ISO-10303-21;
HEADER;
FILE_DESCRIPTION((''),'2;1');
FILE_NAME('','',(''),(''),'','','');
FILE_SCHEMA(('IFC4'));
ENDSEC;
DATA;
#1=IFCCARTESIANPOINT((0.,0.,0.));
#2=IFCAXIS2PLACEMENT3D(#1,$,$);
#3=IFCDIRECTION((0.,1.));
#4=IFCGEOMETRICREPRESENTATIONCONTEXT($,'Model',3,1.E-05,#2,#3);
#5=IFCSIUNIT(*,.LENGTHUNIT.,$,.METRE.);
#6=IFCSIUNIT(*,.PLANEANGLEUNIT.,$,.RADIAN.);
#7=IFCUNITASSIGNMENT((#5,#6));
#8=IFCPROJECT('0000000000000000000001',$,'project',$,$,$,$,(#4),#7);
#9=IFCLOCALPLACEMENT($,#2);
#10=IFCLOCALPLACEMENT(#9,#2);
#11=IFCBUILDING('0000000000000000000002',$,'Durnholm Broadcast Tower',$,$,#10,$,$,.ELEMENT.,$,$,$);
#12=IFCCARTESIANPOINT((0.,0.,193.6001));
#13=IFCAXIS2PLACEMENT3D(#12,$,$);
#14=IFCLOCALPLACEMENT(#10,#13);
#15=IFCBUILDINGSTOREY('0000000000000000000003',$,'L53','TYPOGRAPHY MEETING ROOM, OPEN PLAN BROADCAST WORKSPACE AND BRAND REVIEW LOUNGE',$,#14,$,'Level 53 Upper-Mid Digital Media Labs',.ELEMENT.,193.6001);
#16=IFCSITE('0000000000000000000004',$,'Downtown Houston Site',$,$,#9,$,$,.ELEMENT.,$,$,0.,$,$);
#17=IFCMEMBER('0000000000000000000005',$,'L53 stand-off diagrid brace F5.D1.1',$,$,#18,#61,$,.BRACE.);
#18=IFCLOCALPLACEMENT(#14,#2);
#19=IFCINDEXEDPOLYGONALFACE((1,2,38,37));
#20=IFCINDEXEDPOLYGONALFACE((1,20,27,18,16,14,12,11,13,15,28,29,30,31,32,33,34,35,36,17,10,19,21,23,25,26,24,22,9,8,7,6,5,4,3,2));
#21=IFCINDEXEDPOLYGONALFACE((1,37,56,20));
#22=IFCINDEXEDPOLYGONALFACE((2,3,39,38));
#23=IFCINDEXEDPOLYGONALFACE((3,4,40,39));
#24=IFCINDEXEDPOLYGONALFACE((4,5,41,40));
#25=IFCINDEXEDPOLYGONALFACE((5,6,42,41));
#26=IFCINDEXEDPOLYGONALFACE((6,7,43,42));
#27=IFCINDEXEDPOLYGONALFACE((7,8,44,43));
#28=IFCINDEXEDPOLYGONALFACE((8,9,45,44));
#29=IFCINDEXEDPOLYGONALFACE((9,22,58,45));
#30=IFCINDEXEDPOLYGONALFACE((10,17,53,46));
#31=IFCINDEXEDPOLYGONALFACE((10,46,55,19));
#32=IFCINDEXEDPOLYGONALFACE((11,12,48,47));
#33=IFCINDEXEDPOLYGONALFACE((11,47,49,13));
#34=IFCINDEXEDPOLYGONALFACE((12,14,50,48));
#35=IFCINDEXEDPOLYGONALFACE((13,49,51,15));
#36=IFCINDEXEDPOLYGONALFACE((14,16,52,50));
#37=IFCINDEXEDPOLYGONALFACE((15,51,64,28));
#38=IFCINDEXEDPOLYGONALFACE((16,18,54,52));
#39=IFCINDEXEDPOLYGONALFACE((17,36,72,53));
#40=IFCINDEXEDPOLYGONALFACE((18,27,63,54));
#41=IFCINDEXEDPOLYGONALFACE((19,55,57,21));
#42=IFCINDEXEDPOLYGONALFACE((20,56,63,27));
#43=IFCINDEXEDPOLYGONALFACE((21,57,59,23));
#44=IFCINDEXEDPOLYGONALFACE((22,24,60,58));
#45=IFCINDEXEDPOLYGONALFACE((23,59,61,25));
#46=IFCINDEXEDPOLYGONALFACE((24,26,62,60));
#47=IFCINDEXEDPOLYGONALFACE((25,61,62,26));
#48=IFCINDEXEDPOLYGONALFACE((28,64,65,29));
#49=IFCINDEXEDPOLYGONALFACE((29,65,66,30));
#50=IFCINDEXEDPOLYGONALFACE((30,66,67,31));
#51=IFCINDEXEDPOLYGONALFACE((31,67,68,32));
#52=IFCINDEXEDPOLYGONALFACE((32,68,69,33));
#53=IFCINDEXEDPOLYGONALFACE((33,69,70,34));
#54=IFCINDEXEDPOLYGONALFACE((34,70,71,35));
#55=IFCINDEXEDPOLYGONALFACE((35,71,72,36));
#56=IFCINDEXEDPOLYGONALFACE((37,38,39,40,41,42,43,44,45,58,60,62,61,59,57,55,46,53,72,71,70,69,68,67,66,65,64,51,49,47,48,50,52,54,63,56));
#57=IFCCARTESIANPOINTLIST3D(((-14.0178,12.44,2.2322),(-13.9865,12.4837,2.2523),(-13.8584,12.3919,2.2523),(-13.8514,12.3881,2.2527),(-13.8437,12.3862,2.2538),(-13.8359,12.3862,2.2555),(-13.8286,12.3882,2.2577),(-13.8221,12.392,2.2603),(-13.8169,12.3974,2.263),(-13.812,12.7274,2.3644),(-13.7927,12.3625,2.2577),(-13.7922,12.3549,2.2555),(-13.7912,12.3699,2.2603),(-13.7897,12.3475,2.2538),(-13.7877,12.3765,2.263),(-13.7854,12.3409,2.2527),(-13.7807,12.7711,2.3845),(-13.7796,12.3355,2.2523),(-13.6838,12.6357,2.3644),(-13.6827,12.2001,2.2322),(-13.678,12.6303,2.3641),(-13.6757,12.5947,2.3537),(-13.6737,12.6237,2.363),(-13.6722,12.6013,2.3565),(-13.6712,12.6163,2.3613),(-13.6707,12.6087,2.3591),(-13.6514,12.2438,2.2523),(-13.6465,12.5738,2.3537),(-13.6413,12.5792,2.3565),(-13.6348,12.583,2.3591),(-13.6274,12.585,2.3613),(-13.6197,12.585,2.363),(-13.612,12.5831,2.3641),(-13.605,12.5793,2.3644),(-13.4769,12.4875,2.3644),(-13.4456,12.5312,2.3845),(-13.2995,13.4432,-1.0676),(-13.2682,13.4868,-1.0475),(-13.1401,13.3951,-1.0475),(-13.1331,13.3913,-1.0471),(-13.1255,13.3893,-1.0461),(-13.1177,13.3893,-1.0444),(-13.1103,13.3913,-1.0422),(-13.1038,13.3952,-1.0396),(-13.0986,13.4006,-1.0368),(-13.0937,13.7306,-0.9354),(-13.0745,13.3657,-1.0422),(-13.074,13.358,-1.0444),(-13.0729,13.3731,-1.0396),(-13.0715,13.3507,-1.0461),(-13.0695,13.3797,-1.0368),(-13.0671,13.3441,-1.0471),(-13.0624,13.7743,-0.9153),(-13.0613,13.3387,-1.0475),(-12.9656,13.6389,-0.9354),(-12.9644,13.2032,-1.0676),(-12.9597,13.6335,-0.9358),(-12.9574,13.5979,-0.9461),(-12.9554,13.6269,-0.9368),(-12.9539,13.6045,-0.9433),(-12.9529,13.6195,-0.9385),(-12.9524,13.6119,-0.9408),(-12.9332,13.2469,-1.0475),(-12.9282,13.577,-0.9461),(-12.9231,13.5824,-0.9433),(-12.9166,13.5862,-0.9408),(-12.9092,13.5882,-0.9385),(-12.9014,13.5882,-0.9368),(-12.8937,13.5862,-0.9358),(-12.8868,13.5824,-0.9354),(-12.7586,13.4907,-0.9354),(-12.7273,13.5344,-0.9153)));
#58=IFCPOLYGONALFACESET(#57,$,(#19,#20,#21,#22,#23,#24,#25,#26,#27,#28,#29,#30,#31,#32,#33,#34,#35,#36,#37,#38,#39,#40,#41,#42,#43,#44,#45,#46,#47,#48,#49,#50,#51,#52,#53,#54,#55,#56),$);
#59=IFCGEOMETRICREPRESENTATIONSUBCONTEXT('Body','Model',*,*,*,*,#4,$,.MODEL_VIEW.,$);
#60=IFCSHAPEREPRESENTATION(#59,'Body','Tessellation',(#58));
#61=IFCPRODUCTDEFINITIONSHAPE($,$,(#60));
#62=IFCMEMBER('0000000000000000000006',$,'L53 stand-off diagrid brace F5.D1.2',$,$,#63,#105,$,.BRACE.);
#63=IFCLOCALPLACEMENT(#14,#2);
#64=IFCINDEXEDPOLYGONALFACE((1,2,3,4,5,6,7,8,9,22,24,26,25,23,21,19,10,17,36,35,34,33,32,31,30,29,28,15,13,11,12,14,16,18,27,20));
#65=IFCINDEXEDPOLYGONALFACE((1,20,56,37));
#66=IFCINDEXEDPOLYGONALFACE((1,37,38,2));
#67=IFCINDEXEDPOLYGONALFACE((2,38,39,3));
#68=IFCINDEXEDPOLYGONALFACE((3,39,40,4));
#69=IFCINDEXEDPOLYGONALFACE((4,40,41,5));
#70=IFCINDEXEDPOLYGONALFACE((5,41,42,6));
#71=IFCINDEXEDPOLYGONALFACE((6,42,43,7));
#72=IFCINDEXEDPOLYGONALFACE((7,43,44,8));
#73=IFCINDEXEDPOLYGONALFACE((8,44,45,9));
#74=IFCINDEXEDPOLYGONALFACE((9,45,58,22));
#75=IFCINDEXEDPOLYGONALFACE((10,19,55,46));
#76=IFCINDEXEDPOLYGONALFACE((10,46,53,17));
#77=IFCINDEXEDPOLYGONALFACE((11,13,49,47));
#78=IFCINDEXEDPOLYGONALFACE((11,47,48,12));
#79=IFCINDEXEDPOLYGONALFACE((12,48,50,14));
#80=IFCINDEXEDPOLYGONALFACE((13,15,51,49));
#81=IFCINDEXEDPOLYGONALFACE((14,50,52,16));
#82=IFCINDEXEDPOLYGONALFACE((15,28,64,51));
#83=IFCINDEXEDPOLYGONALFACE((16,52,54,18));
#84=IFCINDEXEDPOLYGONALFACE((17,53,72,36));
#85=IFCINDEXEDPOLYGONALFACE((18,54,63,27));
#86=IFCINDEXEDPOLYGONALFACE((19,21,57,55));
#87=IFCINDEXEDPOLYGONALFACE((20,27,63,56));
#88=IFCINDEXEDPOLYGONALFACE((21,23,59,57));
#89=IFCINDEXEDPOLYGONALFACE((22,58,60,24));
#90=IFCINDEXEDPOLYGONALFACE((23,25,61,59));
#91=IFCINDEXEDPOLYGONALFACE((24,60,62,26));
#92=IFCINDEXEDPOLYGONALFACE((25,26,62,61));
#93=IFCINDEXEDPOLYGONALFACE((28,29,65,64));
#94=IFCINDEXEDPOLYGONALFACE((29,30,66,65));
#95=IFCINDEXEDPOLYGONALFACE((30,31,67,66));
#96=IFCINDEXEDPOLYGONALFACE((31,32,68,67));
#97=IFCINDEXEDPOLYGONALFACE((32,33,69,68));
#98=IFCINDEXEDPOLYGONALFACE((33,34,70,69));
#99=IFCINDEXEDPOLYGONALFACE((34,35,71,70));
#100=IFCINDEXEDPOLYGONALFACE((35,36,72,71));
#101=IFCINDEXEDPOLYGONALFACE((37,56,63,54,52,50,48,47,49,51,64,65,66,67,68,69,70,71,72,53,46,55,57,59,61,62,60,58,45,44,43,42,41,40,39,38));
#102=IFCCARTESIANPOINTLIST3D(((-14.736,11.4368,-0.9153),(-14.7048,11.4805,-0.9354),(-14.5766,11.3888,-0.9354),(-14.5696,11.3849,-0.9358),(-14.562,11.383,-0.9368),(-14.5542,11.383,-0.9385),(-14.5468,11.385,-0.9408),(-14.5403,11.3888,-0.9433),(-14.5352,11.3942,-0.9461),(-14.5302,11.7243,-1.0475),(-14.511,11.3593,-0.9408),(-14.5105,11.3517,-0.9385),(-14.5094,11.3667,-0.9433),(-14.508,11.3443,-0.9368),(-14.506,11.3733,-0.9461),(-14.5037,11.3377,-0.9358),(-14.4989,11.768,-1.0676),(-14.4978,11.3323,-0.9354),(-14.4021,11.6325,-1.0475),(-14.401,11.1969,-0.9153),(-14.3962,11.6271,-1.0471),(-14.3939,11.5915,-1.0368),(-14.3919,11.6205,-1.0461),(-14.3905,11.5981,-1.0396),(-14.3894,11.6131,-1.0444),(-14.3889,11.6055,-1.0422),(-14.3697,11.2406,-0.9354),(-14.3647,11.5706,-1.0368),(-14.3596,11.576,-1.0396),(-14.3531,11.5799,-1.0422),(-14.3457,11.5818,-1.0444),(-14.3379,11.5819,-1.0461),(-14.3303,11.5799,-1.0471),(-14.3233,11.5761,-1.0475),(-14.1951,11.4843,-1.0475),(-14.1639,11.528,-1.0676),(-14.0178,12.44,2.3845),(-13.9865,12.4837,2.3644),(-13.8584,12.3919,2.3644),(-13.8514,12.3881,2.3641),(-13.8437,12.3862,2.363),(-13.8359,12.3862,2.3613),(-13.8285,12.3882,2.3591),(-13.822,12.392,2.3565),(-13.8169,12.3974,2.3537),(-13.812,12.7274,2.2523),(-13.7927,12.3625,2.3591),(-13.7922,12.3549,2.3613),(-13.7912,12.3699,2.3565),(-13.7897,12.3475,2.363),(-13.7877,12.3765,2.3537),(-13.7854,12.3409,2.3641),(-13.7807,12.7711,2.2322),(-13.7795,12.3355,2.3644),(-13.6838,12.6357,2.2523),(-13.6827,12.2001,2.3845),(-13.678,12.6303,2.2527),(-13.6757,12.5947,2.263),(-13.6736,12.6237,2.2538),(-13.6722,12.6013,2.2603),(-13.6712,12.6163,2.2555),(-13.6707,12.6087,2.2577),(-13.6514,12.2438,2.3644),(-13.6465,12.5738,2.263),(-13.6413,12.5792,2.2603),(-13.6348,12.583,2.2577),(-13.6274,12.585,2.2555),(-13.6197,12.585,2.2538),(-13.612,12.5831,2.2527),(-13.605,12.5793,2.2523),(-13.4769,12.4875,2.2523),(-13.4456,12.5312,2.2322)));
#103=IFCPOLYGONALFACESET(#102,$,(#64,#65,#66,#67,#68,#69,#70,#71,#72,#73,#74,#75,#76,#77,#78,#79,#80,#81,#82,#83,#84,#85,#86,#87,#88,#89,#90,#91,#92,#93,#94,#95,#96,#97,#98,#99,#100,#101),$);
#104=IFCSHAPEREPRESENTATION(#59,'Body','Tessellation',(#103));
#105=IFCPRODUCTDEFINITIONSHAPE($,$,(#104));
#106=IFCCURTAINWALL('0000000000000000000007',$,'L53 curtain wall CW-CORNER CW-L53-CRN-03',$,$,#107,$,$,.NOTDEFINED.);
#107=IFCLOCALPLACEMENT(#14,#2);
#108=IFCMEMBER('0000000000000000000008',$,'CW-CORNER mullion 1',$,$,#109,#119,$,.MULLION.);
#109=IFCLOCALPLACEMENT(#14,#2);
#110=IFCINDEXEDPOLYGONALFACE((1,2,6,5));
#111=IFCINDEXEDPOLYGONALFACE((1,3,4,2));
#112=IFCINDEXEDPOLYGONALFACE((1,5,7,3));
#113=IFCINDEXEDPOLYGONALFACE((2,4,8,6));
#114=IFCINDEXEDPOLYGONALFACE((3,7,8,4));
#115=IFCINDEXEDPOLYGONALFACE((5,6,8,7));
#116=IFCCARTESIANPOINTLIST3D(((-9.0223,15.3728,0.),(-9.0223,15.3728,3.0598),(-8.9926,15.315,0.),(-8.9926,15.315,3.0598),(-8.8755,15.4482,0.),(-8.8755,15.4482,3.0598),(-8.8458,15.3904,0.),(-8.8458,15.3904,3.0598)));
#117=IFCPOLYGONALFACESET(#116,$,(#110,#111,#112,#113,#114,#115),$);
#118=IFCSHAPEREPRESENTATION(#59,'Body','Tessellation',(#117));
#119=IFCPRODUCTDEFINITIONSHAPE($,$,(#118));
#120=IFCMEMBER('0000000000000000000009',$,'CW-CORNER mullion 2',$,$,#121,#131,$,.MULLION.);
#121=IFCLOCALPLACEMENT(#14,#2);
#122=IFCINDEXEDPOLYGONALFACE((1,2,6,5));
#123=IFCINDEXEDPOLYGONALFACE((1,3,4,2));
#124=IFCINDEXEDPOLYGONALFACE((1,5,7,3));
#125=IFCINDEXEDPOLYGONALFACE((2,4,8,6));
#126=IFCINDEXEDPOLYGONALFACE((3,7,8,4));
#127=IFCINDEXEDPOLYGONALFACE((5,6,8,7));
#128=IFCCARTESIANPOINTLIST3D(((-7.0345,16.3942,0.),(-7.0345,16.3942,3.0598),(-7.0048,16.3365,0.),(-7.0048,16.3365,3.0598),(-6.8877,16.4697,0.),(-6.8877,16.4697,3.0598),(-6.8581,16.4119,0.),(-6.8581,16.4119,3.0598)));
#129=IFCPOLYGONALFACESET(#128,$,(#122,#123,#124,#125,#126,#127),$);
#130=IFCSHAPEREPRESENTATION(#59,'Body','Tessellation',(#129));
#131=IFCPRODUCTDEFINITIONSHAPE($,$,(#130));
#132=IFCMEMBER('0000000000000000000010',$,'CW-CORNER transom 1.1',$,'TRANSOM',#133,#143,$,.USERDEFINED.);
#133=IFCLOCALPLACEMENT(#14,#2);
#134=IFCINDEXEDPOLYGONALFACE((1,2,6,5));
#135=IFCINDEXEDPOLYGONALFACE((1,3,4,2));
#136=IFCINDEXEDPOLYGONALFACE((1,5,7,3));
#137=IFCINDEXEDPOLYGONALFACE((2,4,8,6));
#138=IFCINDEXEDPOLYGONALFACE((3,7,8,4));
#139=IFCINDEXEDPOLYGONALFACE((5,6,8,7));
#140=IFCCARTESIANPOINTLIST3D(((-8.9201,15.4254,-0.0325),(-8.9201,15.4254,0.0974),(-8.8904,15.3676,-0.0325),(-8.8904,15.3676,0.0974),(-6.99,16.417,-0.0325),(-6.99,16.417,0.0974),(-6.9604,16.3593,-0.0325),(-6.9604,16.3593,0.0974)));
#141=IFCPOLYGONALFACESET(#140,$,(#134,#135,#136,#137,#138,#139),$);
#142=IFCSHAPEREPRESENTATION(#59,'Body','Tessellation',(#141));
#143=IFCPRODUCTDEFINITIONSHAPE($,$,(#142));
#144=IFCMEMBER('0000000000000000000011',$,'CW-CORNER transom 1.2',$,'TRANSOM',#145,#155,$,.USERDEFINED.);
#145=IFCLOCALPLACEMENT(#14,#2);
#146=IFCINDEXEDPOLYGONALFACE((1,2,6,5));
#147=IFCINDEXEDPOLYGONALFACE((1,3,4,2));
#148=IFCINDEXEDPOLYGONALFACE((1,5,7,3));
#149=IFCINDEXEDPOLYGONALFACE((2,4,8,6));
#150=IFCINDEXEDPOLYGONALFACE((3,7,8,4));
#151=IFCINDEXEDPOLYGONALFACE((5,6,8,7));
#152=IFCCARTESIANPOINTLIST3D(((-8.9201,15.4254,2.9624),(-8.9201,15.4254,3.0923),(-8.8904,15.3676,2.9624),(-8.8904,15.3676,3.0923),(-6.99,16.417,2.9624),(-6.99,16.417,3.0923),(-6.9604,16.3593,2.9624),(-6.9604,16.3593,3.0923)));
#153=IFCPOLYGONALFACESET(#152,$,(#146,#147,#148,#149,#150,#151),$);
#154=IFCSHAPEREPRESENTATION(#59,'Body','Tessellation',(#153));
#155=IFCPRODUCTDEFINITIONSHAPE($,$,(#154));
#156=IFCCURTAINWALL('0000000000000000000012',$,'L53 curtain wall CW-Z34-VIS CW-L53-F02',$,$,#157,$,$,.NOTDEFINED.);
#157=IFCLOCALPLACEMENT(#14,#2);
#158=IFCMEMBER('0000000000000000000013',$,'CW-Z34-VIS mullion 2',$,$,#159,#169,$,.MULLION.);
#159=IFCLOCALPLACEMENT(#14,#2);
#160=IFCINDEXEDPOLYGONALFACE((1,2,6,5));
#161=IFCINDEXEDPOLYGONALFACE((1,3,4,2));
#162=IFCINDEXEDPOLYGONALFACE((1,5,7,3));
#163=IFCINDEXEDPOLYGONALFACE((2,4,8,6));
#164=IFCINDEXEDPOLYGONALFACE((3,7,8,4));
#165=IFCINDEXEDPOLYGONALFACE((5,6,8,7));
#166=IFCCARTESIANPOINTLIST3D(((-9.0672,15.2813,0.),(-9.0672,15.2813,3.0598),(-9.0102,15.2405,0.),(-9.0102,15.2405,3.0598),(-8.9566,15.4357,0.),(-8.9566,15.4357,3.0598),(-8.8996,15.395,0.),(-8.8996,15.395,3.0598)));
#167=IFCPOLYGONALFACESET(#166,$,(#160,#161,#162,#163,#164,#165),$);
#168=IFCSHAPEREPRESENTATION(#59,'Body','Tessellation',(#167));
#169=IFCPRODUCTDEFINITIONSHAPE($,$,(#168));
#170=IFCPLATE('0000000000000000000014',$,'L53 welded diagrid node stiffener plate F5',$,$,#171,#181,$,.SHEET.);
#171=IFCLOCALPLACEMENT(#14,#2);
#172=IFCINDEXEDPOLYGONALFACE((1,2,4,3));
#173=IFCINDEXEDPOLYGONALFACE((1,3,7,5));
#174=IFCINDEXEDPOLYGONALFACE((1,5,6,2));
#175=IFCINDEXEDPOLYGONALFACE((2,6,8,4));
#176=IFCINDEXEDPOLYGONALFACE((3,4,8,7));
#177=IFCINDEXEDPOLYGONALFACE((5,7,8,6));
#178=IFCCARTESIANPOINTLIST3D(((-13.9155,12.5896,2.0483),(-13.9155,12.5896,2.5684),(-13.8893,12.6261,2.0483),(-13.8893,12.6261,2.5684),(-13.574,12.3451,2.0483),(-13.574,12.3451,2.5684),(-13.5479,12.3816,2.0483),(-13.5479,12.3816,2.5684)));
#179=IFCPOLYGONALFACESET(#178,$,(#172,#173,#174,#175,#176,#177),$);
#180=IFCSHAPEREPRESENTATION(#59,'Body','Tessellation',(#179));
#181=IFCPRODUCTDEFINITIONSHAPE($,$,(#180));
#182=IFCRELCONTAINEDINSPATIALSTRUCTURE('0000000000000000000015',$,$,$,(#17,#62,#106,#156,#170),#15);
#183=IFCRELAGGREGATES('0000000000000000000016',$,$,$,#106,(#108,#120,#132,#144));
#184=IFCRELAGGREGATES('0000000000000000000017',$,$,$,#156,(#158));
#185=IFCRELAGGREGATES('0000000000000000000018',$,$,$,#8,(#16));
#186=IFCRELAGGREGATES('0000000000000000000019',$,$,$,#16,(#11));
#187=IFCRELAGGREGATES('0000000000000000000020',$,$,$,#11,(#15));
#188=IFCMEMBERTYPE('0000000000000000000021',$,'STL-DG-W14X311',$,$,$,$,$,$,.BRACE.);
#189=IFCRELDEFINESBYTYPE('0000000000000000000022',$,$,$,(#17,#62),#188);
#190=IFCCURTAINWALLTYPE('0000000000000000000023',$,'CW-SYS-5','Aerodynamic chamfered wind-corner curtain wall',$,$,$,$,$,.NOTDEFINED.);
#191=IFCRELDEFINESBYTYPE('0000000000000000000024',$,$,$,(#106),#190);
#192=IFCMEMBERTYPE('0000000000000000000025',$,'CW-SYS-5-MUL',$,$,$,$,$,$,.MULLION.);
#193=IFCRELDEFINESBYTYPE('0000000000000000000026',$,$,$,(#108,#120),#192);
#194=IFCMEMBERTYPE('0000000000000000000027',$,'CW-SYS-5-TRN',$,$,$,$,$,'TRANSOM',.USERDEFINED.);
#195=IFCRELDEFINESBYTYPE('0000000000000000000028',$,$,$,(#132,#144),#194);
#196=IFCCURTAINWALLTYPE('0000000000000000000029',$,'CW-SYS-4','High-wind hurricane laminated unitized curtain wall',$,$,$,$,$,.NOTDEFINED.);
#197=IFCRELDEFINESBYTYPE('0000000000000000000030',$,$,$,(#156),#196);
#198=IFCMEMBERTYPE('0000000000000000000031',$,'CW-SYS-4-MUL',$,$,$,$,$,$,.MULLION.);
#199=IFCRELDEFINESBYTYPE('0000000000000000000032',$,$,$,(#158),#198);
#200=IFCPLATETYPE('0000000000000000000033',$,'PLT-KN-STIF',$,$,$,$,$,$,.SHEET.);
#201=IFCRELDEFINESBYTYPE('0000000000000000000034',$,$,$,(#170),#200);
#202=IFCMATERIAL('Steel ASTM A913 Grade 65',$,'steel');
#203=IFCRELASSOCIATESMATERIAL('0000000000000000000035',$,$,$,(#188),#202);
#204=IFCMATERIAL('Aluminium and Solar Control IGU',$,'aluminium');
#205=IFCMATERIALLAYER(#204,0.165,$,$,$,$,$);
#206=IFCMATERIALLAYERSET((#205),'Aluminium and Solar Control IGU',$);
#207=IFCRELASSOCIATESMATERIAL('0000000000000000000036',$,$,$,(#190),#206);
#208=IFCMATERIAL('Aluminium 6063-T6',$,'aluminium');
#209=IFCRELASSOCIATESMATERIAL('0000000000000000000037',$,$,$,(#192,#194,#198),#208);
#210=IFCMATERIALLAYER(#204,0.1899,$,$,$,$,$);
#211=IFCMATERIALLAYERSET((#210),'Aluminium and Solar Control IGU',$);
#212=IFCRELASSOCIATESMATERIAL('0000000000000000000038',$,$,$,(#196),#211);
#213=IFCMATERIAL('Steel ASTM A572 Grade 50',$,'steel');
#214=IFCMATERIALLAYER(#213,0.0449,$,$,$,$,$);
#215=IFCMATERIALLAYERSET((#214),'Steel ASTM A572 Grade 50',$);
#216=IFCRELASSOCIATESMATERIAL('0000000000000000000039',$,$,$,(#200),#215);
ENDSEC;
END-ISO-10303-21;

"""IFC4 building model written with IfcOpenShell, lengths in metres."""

from ifc_helpers import new_model, si_unit, direction, frame, origin, origin_2d, place, context, subcontext, project, spatial, rectangle, i_section, extrude, source, transform, mapped, material, layer, layer_set, material_profile, profile_set, type_object, type_shapes, element, aggregate, save


model = new_model("IFC4")

# Units and contexts
model_context = context("Model", 3, precision=1e-05, world=origin(), true_north=direction((0.0, 1.0)))
body_context = subcontext(model_context, "Body", "Model", "MODEL_VIEW")
ifc_project = project(units=[si_unit("LENGTHUNIT", "METRE"), si_unit("PLANEANGLEUNIT", "RADIAN")], contexts=[model_context])

# Site, building, storey
site_placement = place(None, origin())
site = spatial("IfcSite", under=ifc_project, at=site_placement, Name="Downtown Houston Site", CompositionType="ELEMENT", RefElevation=0.0)
building_placement = place(site_placement, origin())
building = spatial("IfcBuilding", under=site, at=building_placement, Name="Durnholm Broadcast Tower", CompositionType="ELEMENT")
storey_placement = place(building_placement, frame((0.0, 0.0, 193.6001)))
storey = spatial("IfcBuildingStorey", under=building, at=storey_placement, Name="L53", Description="TYPOGRAPHY MEETING ROOM, OPEN PLAN BROADCAST WORKSPACE AND BRAND REVIEW LOUNGE", LongName="Level 53 Upper-Mid Digital Media Labs", CompositionType="ELEMENT", Elevation=193.6001)

# Members
ifc_material_1 = material(Name="Steel ASTM A913 Grade 65", Category="steel")
ifc_material_profile_1 = material_profile(ifc_material_1, i_section(OverallWidth=0.4121, OverallDepth=0.4348, WebThickness=0.0359, FlangeThickness=0.0574, FilletRadius=0.0305, at=origin_2d()), Name="W14X311")
ifc_profile_set_1 = profile_set([ifc_material_profile_1], Name="Steel ASTM A913 Grade 65")
member_type_1 = type_object("IfcMemberType", Name="STL-DG-W14X311", PredefinedType="BRACE", material=ifc_profile_set_1)
shared_shape_1 = source(origin(), body_context, "Body", "SweptSolid", [
    extrude(i_section(OverallWidth=0.4121, OverallDepth=0.4348, WebThickness=0.0359, FlangeThickness=0.0574, FilletRadius=0.0305, at=origin_2d()), origin(), (0.0, 0.0, 1.0), 3.5229),
])
type_shapes(member_type_1, [shared_shape_1])
for number, where, z_axis, x_axis, name in (
    (1, (-13.0134, 13.4888, -0.9915), (-0.203882, -0.284756, 0.936667), (0.813078, -0.582155, 0.0), "L53 stand-off diagrid brace F5.D1.1"),
    (2, (-14.45, 11.4824, -0.9915), (0.203882, 0.284756, 0.936667), (-0.813078, 0.582155, 0.0), "L53 stand-off diagrid brace F5.D1.2"),
):
    element("IfcMember", number, at=place(storey_placement, frame(where, z_axis=z_axis, x_axis=x_axis)), inside=storey, type_object=member_type_1, Name=name, PredefinedType="BRACE", context=body_context, shape_type="MappedRepresentation", body=[
        mapped(shared_shape_1, transform((0.0, 0.0, 0.0), x_axis=(1.0, 0.0, 0.0), y_axis=(0.0, 1.0, 0.0), z_axis=(0.0, 0.0, 1.0), scale=1.0)),
    ])

# Curtain wall, members
ifc_material_2 = material(Name="Aluminium and Solar Control IGU", Category="aluminium")
ifc_layer_1 = layer(ifc_material_2, 0.165)
ifc_layer_set_1 = layer_set([ifc_layer_1], Name="Aluminium and Solar Control IGU")
curtain_wall_type_1 = type_object("IfcCurtainWallType", Name="CW-SYS-5", Description="Aerodynamic chamfered wind-corner curtain wall", PredefinedType="NOTDEFINED", material=ifc_layer_set_1)
curtain_wall_1_placement = place(storey_placement, origin())
curtain_wall_1 = element("IfcCurtainWall", 3, at=curtain_wall_1_placement, inside=storey, type_object=curtain_wall_type_1, Name="L53 curtain wall CW-CORNER CW-L53-CRN-03", PredefinedType="NOTDEFINED")
ifc_material_3 = material(Name="Aluminium 6063-T6", Category="aluminium")
ifc_material_profile_2 = material_profile(ifc_material_3, rectangle(XDim=0.0649, YDim=0.165, at=origin_2d()), Name="CWM65X165")
ifc_profile_set_2 = profile_set([ifc_material_profile_2], Name="Aluminium 6063-T6")
member_type_2 = type_object("IfcMemberType", Name="CW-SYS-5-MUL", PredefinedType="MULLION", material=ifc_profile_set_2)
shared_shape_2 = source(origin(), body_context, "Body", "SweptSolid", [
    extrude(rectangle(XDim=0.0649, YDim=0.165, at=origin_2d()), origin(), (0.0, 0.0, 1.0), 3.0598),
])
type_shapes(member_type_2, [shared_shape_2])
member_1_placement = place(storey_placement, frame((-8.9341, 15.3816, 0.0), z_axis=(0.0, 0.0, 1.0), x_axis=(-0.457082, 0.889425, 0.0)))
member_1 = element("IfcMember", 4, at=member_1_placement, type_object=member_type_2, Name="CW-CORNER mullion 1", PredefinedType="MULLION", context=body_context, shape_type="MappedRepresentation", body=[
    mapped(shared_shape_2, transform((0.0, 0.0, 0.0), x_axis=(1.0, 0.0, 0.0), y_axis=(0.0, 1.0, 0.0), z_axis=(0.0, 0.0, 1.0), scale=1.0)),
])
member_2_placement = place(storey_placement, frame((-6.9463, 16.4031, 0.0), z_axis=(0.0, 0.0, 1.0), x_axis=(-0.457082, 0.889425, 0.0)))
member_2 = element("IfcMember", 5, at=member_2_placement, type_object=member_type_2, Name="CW-CORNER mullion 2", PredefinedType="MULLION", context=body_context, shape_type="MappedRepresentation", body=[
    mapped(shared_shape_2, transform((0.0, 0.0, 0.0), x_axis=(1.0, 0.0, 0.0), y_axis=(0.0, 1.0, 0.0), z_axis=(0.0, 0.0, 1.0), scale=1.0)),
])
ifc_material_profile_3 = material_profile(ifc_material_3, rectangle(XDim=0.0649, YDim=0.1299, at=origin_2d()), Name="CWT65X130")
ifc_profile_set_3 = profile_set([ifc_material_profile_3], Name="Aluminium 6063-T6")
member_type_3 = type_object("IfcMemberType", Name="CW-SYS-5-TRN", ElementType="TRANSOM", PredefinedType="USERDEFINED", material=ifc_profile_set_3)
shared_shape_3 = source(origin(), body_context, "Body", "SweptSolid", [
    extrude(rectangle(XDim=0.0649, YDim=0.1299, at=origin_2d()), origin(), (0.0, 0.0, 1.0), 2.1699),
])
type_shapes(member_type_3, [shared_shape_3])
member_3_placement = place(storey_placement, frame((-8.9053, 15.3965, 0.0325), z_axis=(0.889468, 0.456997, 0.0), x_axis=(-0.456997, 0.889468, 0.0)))
member_3 = element("IfcMember", 6, at=member_3_placement, type_object=member_type_3, Name="CW-CORNER transom 1.1", ObjectType="TRANSOM", PredefinedType="USERDEFINED", context=body_context, shape_type="MappedRepresentation", body=[
    mapped(shared_shape_3, transform((0.0, 0.0, 0.0), x_axis=(1.0, 0.0, 0.0), y_axis=(0.0, 1.0, 0.0), z_axis=(0.0, 0.0, 1.0), scale=1.0)),
])
member_4_placement = place(storey_placement, frame((-8.9053, 15.3965, 3.0273), z_axis=(0.889468, 0.456997, 0.0), x_axis=(-0.456997, 0.889468, 0.0)))
member_4 = element("IfcMember", 7, at=member_4_placement, type_object=member_type_3, Name="CW-CORNER transom 1.2", ObjectType="TRANSOM", PredefinedType="USERDEFINED", context=body_context, shape_type="MappedRepresentation", body=[
    mapped(shared_shape_3, transform((0.0, 0.0, 0.0), x_axis=(1.0, 0.0, 0.0), y_axis=(0.0, 1.0, 0.0), z_axis=(0.0, 0.0, 1.0), scale=1.0)),
])

# Curtain wall, member
ifc_layer_2 = layer(ifc_material_2, 0.1899)
ifc_layer_set_2 = layer_set([ifc_layer_2], Name="Aluminium and Solar Control IGU")
curtain_wall_type_2 = type_object("IfcCurtainWallType", Name="CW-SYS-4", Description="High-wind hurricane laminated unitized curtain wall", PredefinedType="NOTDEFINED", material=ifc_layer_set_2)
curtain_wall_2_placement = place(storey_placement, origin())
curtain_wall_2 = element("IfcCurtainWall", 8, at=curtain_wall_2_placement, inside=storey, type_object=curtain_wall_type_2, Name="L53 curtain wall CW-Z34-VIS CW-L53-F02", PredefinedType="NOTDEFINED")
ifc_material_profile_4 = material_profile(ifc_material_3, rectangle(XDim=0.0701, YDim=0.1899, at=origin_2d()), Name="CWM70X190")
ifc_profile_set_4 = profile_set([ifc_material_profile_4], Name="Aluminium 6063-T6")
member_type_4 = type_object("IfcMemberType", Name="CW-SYS-4-MUL", PredefinedType="MULLION", material=ifc_profile_set_4)
shared_shape_4 = source(origin(), body_context, "Body", "SweptSolid", [
    extrude(rectangle(XDim=0.0701, YDim=0.1899, at=origin_2d()), origin(), (0.0, 0.0, 1.0), 3.0598),
])
type_shapes(member_type_4, [shared_shape_4])
member_5_placement = place(storey_placement, frame((-8.9834, 15.3381, 0.0), z_axis=(0.0, 0.0, 1.0), x_axis=(-0.813089, 0.582139, 0.0)))
member_5 = element("IfcMember", 9, at=member_5_placement, type_object=member_type_4, Name="CW-Z34-VIS mullion 2", PredefinedType="MULLION", context=body_context, shape_type="MappedRepresentation", body=[
    mapped(shared_shape_4, transform((0.0, 0.0, 0.0), x_axis=(1.0, 0.0, 0.0), y_axis=(0.0, 1.0, 0.0), z_axis=(0.0, 0.0, 1.0), scale=1.0)),
])

# Plate
ifc_material_4 = material(Name="Steel ASTM A572 Grade 50", Category="steel")
ifc_layer_3 = layer(ifc_material_4, 0.0449)
ifc_layer_set_3 = layer_set([ifc_layer_3], Name="Steel ASTM A572 Grade 50")
plate_type_1 = type_object("IfcPlateType", Name="PLT-KN-STIF", PredefinedType="SHEET", material=ifc_layer_set_3)
shared_shape_5 = source(origin(), body_context, "Body", "SweptSolid", [
    extrude(rectangle(XDim=0.0449, YDim=0.4199, at=origin_2d()), origin(), (0.0, 0.0, 1.0), 0.52),
])
type_shapes(plate_type_1, [shared_shape_5])
plate_1_placement = place(storey_placement, frame((-13.7317, 12.4856, 2.0483), z_axis=(0.0, 0.0, 1.0), x_axis=(-0.582123, -0.813101, 0.0)))
element("IfcPlate", 10, at=plate_1_placement, inside=storey, type_object=plate_type_1, Name="L53 welded diagrid node stiffener plate F5", PredefinedType="SHEET", context=body_context, shape_type="MappedRepresentation", body=[
    mapped(shared_shape_5, transform((0.0, 0.0, 0.0), x_axis=(1.0, 0.0, 0.0), y_axis=(0.0, 1.0, 0.0), z_axis=(0.0, 0.0, 1.0), scale=1.0)),
])

aggregate(curtain_wall_1, [member_1, member_2, member_3, member_4])
aggregate(curtain_wall_2, [member_5])

save(model, "model.ifc")
